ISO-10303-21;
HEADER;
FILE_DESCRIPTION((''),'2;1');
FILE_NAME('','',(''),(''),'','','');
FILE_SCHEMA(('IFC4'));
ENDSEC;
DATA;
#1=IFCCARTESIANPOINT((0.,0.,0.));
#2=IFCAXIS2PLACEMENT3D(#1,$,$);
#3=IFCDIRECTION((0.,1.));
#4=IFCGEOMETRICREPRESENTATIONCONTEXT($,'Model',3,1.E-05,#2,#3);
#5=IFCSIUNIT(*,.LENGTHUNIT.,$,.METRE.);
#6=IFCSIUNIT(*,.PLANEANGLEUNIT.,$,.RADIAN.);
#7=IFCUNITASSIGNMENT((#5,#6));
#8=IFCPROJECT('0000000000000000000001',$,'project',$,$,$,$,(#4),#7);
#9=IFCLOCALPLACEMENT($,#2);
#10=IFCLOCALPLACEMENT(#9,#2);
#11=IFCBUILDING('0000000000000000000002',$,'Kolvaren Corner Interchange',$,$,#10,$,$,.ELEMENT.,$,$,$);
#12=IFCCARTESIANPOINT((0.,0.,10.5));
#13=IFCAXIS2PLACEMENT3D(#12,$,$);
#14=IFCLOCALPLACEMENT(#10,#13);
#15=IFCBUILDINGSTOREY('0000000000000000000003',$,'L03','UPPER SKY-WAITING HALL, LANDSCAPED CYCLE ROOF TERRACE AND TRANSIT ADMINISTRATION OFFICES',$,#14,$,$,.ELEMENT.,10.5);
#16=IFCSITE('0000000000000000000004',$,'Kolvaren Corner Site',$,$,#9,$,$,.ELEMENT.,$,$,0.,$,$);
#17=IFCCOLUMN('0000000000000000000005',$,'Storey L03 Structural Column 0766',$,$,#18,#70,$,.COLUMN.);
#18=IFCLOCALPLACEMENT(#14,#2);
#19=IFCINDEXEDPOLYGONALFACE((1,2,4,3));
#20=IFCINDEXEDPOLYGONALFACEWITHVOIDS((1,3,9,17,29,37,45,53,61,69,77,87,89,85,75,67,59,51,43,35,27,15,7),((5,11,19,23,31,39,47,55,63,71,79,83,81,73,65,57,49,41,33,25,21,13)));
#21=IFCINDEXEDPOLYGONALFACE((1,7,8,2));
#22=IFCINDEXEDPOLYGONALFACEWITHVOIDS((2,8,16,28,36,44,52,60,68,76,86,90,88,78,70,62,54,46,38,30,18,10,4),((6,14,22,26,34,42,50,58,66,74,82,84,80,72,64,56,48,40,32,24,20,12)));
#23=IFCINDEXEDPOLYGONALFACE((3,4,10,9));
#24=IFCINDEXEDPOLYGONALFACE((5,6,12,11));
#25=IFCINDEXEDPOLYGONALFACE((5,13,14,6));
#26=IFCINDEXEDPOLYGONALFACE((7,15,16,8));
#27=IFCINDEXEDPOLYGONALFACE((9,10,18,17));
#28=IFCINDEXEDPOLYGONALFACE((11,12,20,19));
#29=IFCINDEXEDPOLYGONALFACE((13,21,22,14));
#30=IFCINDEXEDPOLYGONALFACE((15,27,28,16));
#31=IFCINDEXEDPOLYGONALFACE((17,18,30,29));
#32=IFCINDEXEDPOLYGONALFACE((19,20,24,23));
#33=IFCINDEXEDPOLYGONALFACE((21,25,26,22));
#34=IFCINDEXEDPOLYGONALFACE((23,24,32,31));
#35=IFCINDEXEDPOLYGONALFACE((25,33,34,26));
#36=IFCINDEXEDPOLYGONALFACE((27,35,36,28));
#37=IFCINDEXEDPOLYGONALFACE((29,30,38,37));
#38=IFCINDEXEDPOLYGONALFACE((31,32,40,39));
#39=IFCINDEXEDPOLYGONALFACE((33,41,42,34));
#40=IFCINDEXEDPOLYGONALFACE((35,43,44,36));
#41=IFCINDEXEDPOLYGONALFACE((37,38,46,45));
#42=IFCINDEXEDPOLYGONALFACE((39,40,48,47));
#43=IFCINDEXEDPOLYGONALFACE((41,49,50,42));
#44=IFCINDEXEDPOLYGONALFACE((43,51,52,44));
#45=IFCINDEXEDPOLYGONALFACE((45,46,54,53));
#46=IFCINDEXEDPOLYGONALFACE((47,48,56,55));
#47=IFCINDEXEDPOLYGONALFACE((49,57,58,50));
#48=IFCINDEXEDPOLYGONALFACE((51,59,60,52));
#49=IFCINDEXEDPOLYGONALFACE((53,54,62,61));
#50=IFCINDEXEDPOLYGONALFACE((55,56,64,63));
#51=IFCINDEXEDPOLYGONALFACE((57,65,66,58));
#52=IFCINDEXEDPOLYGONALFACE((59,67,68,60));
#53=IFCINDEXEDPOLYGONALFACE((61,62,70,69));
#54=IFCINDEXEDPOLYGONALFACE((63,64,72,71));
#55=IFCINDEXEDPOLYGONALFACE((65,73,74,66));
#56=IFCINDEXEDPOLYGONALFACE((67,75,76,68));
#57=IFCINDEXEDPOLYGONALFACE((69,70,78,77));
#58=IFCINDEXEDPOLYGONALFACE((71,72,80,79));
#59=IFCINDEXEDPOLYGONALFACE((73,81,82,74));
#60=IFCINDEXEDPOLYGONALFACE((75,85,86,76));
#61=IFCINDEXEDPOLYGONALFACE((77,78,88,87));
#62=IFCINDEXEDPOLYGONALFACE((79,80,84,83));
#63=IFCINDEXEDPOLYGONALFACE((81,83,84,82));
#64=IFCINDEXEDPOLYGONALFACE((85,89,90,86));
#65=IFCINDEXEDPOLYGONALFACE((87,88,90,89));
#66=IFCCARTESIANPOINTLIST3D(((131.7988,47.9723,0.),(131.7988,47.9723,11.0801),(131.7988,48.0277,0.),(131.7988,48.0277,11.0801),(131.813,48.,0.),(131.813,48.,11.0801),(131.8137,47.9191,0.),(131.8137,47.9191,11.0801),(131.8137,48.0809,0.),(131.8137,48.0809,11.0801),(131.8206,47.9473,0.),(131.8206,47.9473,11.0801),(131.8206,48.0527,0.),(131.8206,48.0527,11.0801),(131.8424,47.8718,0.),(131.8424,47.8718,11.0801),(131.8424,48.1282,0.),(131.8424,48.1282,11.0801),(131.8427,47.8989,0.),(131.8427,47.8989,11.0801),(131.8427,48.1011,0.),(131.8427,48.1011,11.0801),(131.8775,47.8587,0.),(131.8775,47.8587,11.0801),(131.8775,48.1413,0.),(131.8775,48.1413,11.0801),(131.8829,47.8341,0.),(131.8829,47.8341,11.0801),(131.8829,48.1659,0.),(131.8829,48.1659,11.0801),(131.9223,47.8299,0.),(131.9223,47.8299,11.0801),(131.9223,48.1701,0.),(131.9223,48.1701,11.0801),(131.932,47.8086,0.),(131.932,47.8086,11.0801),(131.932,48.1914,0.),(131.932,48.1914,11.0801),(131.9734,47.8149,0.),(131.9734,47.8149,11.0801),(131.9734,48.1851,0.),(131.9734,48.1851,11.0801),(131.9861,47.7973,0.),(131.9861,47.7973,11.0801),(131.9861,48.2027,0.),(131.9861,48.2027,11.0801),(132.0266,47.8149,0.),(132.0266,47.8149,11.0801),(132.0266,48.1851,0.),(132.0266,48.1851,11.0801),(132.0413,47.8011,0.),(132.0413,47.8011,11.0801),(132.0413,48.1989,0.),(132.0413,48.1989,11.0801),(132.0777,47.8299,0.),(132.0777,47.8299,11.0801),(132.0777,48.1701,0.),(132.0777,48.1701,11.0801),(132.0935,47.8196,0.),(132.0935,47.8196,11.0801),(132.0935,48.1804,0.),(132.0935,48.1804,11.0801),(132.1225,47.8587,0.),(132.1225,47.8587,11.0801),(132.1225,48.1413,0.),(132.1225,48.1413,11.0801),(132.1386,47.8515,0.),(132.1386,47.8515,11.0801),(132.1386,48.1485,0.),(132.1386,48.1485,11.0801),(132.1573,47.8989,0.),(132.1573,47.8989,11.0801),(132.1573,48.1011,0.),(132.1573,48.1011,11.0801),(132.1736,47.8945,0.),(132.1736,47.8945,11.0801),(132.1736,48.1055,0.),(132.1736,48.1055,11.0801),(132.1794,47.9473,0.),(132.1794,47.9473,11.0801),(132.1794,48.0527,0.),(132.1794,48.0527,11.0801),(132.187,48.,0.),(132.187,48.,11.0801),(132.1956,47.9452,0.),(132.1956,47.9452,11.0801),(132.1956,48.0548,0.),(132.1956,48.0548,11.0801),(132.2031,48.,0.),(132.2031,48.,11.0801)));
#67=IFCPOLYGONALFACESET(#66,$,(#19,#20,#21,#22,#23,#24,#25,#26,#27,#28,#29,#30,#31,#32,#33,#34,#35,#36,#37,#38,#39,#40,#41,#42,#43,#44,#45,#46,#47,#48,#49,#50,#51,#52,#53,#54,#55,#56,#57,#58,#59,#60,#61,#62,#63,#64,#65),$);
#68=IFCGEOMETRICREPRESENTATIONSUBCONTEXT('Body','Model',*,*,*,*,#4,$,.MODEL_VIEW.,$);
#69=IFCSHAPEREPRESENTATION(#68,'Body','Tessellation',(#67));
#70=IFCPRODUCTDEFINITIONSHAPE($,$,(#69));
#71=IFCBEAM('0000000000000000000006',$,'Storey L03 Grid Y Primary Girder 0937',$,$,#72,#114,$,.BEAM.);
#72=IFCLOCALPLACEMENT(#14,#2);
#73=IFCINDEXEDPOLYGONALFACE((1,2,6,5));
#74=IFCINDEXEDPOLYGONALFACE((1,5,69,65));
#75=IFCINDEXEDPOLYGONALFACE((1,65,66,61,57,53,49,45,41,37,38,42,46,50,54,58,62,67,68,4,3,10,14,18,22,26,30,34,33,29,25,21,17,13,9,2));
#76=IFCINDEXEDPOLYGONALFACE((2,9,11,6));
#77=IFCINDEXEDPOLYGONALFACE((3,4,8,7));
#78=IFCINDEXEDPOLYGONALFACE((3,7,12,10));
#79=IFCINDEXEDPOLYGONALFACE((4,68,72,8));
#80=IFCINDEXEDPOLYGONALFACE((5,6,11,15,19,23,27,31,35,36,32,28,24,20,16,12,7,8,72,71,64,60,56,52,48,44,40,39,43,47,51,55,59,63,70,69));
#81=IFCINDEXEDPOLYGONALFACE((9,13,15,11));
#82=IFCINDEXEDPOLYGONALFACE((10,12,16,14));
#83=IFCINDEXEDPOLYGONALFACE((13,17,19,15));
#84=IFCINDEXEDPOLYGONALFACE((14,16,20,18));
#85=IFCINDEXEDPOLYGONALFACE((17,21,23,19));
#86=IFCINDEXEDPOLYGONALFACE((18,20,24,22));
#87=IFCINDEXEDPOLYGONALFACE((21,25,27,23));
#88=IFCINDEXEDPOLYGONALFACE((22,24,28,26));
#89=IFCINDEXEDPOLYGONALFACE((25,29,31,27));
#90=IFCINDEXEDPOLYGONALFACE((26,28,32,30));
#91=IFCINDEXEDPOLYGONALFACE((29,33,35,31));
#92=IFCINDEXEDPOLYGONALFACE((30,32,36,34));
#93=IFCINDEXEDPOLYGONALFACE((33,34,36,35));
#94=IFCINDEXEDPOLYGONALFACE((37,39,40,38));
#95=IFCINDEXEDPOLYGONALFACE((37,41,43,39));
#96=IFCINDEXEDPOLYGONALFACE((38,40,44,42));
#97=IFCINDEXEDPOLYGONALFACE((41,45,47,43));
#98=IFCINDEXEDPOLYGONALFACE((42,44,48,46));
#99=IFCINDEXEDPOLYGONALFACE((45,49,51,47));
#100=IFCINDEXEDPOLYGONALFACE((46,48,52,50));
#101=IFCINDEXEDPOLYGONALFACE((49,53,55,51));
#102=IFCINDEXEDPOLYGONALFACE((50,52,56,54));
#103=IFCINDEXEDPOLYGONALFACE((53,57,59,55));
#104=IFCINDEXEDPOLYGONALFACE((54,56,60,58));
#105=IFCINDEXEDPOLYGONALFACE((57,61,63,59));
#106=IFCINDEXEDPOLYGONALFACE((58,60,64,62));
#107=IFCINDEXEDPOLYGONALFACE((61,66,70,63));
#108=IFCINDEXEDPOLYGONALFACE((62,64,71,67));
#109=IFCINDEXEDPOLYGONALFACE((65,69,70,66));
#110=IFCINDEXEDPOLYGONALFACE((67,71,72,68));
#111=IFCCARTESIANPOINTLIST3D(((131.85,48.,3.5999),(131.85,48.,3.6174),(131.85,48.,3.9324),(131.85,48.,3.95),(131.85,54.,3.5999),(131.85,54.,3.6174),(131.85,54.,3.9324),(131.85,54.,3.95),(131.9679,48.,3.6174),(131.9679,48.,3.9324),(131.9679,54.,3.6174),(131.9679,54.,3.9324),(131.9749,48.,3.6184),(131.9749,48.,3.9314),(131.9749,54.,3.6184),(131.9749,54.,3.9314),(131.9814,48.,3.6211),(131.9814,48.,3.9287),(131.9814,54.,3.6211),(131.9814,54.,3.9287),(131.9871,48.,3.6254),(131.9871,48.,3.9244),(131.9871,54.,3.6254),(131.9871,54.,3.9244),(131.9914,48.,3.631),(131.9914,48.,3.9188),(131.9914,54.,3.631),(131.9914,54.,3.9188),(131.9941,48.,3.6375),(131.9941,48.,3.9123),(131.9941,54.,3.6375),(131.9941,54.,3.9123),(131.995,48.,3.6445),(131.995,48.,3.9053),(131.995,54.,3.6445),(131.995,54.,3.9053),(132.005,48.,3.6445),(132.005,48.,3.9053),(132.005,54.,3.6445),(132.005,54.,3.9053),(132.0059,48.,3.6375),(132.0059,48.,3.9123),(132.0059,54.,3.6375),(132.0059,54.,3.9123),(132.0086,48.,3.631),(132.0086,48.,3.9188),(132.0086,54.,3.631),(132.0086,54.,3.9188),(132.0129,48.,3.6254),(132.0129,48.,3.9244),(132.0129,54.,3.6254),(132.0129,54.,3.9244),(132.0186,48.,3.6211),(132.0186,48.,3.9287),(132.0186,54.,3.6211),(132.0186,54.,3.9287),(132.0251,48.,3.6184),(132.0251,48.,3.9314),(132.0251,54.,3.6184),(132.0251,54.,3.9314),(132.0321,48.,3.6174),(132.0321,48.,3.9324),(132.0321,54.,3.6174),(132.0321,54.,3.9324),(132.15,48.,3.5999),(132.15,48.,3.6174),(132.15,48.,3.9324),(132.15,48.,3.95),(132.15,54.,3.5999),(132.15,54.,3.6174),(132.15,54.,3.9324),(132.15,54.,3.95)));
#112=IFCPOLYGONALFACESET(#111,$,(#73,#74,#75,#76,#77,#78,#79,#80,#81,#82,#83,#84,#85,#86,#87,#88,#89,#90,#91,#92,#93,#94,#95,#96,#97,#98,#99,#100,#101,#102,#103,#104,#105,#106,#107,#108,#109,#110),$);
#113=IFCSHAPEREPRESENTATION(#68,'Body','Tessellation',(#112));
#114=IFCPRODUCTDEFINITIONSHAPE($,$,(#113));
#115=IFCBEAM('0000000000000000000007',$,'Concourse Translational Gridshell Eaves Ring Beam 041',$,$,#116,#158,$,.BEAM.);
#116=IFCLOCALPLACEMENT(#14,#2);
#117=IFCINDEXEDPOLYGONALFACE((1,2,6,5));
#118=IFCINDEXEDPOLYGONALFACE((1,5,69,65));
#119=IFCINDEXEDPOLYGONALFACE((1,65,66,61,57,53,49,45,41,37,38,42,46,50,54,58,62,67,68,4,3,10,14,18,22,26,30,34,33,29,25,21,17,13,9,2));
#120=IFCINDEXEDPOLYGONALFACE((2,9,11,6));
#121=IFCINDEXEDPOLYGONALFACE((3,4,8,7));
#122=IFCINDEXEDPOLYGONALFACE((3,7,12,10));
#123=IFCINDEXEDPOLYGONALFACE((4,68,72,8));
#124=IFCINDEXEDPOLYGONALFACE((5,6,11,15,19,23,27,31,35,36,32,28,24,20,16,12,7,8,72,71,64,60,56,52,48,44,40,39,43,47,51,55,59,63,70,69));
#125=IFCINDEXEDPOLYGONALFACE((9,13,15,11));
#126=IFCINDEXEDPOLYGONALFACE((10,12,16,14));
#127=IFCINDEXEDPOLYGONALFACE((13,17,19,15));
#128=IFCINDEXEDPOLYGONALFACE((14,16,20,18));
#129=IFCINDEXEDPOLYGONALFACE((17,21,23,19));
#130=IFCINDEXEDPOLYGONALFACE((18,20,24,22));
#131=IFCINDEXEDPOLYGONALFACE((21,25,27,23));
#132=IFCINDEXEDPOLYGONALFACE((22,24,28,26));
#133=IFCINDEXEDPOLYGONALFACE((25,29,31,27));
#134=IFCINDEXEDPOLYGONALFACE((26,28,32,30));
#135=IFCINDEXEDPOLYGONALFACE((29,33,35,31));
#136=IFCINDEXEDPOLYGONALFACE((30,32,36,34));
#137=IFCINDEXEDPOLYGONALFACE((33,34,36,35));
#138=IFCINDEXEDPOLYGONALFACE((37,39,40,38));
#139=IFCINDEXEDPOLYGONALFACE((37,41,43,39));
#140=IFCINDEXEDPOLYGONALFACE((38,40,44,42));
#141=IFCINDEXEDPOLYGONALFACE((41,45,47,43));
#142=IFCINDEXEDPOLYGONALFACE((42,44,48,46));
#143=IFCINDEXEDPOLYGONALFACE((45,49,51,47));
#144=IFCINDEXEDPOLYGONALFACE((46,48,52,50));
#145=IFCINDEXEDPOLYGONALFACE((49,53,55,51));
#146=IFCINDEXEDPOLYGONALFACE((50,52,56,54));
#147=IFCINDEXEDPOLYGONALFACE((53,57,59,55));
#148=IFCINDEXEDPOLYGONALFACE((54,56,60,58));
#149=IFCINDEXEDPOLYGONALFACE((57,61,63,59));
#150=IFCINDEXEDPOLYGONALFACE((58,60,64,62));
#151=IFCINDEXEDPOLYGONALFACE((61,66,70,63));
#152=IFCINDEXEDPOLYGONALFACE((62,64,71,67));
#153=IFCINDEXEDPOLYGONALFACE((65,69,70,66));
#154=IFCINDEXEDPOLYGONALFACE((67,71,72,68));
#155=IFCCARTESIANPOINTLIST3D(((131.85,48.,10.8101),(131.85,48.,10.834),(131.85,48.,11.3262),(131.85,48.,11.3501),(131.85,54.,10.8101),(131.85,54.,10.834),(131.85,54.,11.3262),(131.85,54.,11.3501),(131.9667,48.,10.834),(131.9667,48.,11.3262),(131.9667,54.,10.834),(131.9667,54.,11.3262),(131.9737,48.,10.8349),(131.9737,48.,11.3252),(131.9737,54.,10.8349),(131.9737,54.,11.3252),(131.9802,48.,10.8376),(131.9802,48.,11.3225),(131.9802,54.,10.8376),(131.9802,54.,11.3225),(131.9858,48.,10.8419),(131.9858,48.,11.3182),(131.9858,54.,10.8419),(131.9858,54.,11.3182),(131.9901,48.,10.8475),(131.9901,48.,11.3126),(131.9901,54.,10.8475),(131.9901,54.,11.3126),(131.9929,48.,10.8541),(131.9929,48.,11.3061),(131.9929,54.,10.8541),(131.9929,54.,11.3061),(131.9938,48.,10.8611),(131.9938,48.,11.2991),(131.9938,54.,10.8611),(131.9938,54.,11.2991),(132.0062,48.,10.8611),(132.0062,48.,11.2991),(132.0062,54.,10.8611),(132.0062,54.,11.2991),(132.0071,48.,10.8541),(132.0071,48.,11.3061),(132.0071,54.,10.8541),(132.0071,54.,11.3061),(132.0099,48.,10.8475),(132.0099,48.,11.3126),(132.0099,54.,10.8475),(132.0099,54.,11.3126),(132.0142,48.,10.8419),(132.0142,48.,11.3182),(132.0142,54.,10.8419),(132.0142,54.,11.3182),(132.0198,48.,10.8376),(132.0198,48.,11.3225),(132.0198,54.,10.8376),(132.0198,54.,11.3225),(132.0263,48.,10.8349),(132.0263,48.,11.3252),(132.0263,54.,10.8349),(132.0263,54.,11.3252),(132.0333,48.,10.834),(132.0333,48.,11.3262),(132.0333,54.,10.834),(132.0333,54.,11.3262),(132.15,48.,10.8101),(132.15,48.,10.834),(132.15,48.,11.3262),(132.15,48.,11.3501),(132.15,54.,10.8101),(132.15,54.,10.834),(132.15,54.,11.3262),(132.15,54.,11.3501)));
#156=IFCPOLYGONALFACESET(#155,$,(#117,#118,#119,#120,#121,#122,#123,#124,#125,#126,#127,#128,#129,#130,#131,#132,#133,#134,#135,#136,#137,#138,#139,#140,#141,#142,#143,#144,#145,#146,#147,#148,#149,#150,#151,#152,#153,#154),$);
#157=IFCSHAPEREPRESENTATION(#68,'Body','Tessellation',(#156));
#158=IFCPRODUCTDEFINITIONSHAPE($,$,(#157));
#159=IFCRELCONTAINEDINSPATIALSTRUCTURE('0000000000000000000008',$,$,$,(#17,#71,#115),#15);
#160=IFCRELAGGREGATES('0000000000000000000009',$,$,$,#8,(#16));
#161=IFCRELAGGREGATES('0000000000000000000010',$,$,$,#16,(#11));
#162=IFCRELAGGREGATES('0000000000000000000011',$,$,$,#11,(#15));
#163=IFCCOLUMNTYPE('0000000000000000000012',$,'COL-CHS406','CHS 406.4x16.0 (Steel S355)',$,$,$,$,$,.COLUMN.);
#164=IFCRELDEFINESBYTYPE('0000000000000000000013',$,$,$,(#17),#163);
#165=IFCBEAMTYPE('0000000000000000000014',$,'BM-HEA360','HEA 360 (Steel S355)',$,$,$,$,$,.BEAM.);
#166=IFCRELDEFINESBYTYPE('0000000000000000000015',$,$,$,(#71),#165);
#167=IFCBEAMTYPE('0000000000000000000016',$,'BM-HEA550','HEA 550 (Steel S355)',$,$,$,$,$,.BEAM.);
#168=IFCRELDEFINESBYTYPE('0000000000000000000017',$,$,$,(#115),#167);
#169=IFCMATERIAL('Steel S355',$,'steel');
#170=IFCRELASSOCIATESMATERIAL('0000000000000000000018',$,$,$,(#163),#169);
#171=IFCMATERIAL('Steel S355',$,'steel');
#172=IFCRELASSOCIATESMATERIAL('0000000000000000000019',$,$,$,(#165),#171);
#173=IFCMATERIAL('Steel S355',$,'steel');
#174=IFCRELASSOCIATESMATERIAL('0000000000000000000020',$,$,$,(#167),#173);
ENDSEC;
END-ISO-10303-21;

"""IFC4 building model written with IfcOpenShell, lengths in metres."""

from ifc_helpers import new_model, si_unit, direction, frame, origin, origin_2d, place, context, subcontext, project, spatial, hollow_circle, i_section, extrude, material, material_profile, profile_set, type_object, element, save


model = new_model("IFC4")

# Units and contexts
model_context = context("Model", 3, precision=1e-05, world=origin(), true_north=direction((0.0, 1.0)))
body_context = subcontext(model_context, "Body", "Model", "MODEL_VIEW")
ifc_project = project(units=[si_unit("LENGTHUNIT", "METRE"), si_unit("PLANEANGLEUNIT", "RADIAN")], contexts=[model_context])

# Site, building, storey
site_placement = place(None, origin())
site = spatial("IfcSite", under=ifc_project, at=site_placement, Name="Kolvaren Corner Site", CompositionType="ELEMENT", RefElevation=0.0)
building_placement = place(site_placement, origin())
building = spatial("IfcBuilding", under=site, at=building_placement, Name="Kolvaren Corner Interchange", CompositionType="ELEMENT")
storey_placement = place(building_placement, frame((0.0, 0.0, 10.5)))
storey = spatial("IfcBuildingStorey", under=building, at=storey_placement, Name="L03", Description="UPPER SKY-WAITING HALL, LANDSCAPED CYCLE ROOF TERRACE AND TRANSIT ADMINISTRATION OFFICES", CompositionType="ELEMENT", Elevation=10.5)

# Column
ifc_material_1 = material(Name="Steel S355", Category="steel")
ifc_material_profile_1 = material_profile(ifc_material_1, hollow_circle(Radius=0.2031, WallThickness=0.0161, at=origin_2d()), Name="CHS 406.4x16.0")
ifc_profile_set_1 = profile_set([ifc_material_profile_1], Name="Steel S355")
column_type = type_object("IfcColumnType", Name="COL-CHS406", Description="CHS 406.4x16.0 (Steel S355)", PredefinedType="COLUMN", material=ifc_profile_set_1)
column_placement = place(storey_placement, frame((132.0, 48.0, 0.0), z_axis=(0.0, 0.0, 1.0), x_axis=(1.0, 0.0, 0.0)))
element("IfcColumn", 1, at=column_placement, inside=storey, type_object=column_type, Name="Storey L03 Structural Column 0766", PredefinedType="COLUMN", context=body_context, shape_type="SweptSolid", body=[
    extrude(hollow_circle(Radius=0.2031, WallThickness=0.0161, at=origin_2d()), origin(), (0.0, 0.0, 1.0), 11.0801),
])

# Beams
ifc_material_2 = material(Name="Steel S355", Category="steel")
ifc_material_profile_2 = material_profile(ifc_material_2, i_section(OverallWidth=0.3, OverallDepth=0.3501, WebThickness=0.01, FlangeThickness=0.0176, FilletRadius=0.0271, at=origin_2d()), Name="HEA 360")
ifc_profile_set_2 = profile_set([ifc_material_profile_2], Name="Steel S355")
beam_type_1 = type_object("IfcBeamType", Name="BM-HEA360", Description="HEA 360 (Steel S355)", PredefinedType="BEAM", material=ifc_profile_set_2)
beam_1_placement = place(storey_placement, frame((132.0, 48.0, 3.7749), z_axis=(0.0, 1.0, 0.0), x_axis=(-1.0, 0.0, 0.0)))
element("IfcBeam", 2, at=beam_1_placement, inside=storey, type_object=beam_type_1, Name="Storey L03 Grid Y Primary Girder 0937", PredefinedType="BEAM", context=body_context, shape_type="SweptSolid", body=[
    extrude(i_section(OverallWidth=0.3, OverallDepth=0.3501, WebThickness=0.01, FlangeThickness=0.0176, FilletRadius=0.0271, at=origin_2d()), origin(), (0.0, 0.0, 1.0), 6.0),
])
ifc_material_3 = material(Name="Steel S355", Category="steel")
ifc_material_profile_3 = material_profile(ifc_material_3, i_section(OverallWidth=0.3, OverallDepth=0.54, WebThickness=0.0125, FlangeThickness=0.0239, FilletRadius=0.0271, at=origin_2d()), Name="HEA 550")
ifc_profile_set_3 = profile_set([ifc_material_profile_3], Name="Steel S355")
beam_type_2 = type_object("IfcBeamType", Name="BM-HEA550", Description="HEA 550 (Steel S355)", PredefinedType="BEAM", material=ifc_profile_set_3)
beam_2_placement = place(storey_placement, frame((132.0, 48.0, 11.0801), z_axis=(0.0, 1.0, 0.0), x_axis=(-1.0, 0.0, 0.0)))
element("IfcBeam", 3, at=beam_2_placement, inside=storey, type_object=beam_type_2, Name="Concourse Translational Gridshell Eaves Ring Beam 041", PredefinedType="BEAM", context=body_context, shape_type="SweptSolid", body=[
    extrude(i_section(OverallWidth=0.3, OverallDepth=0.54, WebThickness=0.0125, FlangeThickness=0.0239, FilletRadius=0.0271, at=origin_2d()), origin(), (0.0, 0.0, 1.0), 6.0),
])

save(model, "model.ifc")
